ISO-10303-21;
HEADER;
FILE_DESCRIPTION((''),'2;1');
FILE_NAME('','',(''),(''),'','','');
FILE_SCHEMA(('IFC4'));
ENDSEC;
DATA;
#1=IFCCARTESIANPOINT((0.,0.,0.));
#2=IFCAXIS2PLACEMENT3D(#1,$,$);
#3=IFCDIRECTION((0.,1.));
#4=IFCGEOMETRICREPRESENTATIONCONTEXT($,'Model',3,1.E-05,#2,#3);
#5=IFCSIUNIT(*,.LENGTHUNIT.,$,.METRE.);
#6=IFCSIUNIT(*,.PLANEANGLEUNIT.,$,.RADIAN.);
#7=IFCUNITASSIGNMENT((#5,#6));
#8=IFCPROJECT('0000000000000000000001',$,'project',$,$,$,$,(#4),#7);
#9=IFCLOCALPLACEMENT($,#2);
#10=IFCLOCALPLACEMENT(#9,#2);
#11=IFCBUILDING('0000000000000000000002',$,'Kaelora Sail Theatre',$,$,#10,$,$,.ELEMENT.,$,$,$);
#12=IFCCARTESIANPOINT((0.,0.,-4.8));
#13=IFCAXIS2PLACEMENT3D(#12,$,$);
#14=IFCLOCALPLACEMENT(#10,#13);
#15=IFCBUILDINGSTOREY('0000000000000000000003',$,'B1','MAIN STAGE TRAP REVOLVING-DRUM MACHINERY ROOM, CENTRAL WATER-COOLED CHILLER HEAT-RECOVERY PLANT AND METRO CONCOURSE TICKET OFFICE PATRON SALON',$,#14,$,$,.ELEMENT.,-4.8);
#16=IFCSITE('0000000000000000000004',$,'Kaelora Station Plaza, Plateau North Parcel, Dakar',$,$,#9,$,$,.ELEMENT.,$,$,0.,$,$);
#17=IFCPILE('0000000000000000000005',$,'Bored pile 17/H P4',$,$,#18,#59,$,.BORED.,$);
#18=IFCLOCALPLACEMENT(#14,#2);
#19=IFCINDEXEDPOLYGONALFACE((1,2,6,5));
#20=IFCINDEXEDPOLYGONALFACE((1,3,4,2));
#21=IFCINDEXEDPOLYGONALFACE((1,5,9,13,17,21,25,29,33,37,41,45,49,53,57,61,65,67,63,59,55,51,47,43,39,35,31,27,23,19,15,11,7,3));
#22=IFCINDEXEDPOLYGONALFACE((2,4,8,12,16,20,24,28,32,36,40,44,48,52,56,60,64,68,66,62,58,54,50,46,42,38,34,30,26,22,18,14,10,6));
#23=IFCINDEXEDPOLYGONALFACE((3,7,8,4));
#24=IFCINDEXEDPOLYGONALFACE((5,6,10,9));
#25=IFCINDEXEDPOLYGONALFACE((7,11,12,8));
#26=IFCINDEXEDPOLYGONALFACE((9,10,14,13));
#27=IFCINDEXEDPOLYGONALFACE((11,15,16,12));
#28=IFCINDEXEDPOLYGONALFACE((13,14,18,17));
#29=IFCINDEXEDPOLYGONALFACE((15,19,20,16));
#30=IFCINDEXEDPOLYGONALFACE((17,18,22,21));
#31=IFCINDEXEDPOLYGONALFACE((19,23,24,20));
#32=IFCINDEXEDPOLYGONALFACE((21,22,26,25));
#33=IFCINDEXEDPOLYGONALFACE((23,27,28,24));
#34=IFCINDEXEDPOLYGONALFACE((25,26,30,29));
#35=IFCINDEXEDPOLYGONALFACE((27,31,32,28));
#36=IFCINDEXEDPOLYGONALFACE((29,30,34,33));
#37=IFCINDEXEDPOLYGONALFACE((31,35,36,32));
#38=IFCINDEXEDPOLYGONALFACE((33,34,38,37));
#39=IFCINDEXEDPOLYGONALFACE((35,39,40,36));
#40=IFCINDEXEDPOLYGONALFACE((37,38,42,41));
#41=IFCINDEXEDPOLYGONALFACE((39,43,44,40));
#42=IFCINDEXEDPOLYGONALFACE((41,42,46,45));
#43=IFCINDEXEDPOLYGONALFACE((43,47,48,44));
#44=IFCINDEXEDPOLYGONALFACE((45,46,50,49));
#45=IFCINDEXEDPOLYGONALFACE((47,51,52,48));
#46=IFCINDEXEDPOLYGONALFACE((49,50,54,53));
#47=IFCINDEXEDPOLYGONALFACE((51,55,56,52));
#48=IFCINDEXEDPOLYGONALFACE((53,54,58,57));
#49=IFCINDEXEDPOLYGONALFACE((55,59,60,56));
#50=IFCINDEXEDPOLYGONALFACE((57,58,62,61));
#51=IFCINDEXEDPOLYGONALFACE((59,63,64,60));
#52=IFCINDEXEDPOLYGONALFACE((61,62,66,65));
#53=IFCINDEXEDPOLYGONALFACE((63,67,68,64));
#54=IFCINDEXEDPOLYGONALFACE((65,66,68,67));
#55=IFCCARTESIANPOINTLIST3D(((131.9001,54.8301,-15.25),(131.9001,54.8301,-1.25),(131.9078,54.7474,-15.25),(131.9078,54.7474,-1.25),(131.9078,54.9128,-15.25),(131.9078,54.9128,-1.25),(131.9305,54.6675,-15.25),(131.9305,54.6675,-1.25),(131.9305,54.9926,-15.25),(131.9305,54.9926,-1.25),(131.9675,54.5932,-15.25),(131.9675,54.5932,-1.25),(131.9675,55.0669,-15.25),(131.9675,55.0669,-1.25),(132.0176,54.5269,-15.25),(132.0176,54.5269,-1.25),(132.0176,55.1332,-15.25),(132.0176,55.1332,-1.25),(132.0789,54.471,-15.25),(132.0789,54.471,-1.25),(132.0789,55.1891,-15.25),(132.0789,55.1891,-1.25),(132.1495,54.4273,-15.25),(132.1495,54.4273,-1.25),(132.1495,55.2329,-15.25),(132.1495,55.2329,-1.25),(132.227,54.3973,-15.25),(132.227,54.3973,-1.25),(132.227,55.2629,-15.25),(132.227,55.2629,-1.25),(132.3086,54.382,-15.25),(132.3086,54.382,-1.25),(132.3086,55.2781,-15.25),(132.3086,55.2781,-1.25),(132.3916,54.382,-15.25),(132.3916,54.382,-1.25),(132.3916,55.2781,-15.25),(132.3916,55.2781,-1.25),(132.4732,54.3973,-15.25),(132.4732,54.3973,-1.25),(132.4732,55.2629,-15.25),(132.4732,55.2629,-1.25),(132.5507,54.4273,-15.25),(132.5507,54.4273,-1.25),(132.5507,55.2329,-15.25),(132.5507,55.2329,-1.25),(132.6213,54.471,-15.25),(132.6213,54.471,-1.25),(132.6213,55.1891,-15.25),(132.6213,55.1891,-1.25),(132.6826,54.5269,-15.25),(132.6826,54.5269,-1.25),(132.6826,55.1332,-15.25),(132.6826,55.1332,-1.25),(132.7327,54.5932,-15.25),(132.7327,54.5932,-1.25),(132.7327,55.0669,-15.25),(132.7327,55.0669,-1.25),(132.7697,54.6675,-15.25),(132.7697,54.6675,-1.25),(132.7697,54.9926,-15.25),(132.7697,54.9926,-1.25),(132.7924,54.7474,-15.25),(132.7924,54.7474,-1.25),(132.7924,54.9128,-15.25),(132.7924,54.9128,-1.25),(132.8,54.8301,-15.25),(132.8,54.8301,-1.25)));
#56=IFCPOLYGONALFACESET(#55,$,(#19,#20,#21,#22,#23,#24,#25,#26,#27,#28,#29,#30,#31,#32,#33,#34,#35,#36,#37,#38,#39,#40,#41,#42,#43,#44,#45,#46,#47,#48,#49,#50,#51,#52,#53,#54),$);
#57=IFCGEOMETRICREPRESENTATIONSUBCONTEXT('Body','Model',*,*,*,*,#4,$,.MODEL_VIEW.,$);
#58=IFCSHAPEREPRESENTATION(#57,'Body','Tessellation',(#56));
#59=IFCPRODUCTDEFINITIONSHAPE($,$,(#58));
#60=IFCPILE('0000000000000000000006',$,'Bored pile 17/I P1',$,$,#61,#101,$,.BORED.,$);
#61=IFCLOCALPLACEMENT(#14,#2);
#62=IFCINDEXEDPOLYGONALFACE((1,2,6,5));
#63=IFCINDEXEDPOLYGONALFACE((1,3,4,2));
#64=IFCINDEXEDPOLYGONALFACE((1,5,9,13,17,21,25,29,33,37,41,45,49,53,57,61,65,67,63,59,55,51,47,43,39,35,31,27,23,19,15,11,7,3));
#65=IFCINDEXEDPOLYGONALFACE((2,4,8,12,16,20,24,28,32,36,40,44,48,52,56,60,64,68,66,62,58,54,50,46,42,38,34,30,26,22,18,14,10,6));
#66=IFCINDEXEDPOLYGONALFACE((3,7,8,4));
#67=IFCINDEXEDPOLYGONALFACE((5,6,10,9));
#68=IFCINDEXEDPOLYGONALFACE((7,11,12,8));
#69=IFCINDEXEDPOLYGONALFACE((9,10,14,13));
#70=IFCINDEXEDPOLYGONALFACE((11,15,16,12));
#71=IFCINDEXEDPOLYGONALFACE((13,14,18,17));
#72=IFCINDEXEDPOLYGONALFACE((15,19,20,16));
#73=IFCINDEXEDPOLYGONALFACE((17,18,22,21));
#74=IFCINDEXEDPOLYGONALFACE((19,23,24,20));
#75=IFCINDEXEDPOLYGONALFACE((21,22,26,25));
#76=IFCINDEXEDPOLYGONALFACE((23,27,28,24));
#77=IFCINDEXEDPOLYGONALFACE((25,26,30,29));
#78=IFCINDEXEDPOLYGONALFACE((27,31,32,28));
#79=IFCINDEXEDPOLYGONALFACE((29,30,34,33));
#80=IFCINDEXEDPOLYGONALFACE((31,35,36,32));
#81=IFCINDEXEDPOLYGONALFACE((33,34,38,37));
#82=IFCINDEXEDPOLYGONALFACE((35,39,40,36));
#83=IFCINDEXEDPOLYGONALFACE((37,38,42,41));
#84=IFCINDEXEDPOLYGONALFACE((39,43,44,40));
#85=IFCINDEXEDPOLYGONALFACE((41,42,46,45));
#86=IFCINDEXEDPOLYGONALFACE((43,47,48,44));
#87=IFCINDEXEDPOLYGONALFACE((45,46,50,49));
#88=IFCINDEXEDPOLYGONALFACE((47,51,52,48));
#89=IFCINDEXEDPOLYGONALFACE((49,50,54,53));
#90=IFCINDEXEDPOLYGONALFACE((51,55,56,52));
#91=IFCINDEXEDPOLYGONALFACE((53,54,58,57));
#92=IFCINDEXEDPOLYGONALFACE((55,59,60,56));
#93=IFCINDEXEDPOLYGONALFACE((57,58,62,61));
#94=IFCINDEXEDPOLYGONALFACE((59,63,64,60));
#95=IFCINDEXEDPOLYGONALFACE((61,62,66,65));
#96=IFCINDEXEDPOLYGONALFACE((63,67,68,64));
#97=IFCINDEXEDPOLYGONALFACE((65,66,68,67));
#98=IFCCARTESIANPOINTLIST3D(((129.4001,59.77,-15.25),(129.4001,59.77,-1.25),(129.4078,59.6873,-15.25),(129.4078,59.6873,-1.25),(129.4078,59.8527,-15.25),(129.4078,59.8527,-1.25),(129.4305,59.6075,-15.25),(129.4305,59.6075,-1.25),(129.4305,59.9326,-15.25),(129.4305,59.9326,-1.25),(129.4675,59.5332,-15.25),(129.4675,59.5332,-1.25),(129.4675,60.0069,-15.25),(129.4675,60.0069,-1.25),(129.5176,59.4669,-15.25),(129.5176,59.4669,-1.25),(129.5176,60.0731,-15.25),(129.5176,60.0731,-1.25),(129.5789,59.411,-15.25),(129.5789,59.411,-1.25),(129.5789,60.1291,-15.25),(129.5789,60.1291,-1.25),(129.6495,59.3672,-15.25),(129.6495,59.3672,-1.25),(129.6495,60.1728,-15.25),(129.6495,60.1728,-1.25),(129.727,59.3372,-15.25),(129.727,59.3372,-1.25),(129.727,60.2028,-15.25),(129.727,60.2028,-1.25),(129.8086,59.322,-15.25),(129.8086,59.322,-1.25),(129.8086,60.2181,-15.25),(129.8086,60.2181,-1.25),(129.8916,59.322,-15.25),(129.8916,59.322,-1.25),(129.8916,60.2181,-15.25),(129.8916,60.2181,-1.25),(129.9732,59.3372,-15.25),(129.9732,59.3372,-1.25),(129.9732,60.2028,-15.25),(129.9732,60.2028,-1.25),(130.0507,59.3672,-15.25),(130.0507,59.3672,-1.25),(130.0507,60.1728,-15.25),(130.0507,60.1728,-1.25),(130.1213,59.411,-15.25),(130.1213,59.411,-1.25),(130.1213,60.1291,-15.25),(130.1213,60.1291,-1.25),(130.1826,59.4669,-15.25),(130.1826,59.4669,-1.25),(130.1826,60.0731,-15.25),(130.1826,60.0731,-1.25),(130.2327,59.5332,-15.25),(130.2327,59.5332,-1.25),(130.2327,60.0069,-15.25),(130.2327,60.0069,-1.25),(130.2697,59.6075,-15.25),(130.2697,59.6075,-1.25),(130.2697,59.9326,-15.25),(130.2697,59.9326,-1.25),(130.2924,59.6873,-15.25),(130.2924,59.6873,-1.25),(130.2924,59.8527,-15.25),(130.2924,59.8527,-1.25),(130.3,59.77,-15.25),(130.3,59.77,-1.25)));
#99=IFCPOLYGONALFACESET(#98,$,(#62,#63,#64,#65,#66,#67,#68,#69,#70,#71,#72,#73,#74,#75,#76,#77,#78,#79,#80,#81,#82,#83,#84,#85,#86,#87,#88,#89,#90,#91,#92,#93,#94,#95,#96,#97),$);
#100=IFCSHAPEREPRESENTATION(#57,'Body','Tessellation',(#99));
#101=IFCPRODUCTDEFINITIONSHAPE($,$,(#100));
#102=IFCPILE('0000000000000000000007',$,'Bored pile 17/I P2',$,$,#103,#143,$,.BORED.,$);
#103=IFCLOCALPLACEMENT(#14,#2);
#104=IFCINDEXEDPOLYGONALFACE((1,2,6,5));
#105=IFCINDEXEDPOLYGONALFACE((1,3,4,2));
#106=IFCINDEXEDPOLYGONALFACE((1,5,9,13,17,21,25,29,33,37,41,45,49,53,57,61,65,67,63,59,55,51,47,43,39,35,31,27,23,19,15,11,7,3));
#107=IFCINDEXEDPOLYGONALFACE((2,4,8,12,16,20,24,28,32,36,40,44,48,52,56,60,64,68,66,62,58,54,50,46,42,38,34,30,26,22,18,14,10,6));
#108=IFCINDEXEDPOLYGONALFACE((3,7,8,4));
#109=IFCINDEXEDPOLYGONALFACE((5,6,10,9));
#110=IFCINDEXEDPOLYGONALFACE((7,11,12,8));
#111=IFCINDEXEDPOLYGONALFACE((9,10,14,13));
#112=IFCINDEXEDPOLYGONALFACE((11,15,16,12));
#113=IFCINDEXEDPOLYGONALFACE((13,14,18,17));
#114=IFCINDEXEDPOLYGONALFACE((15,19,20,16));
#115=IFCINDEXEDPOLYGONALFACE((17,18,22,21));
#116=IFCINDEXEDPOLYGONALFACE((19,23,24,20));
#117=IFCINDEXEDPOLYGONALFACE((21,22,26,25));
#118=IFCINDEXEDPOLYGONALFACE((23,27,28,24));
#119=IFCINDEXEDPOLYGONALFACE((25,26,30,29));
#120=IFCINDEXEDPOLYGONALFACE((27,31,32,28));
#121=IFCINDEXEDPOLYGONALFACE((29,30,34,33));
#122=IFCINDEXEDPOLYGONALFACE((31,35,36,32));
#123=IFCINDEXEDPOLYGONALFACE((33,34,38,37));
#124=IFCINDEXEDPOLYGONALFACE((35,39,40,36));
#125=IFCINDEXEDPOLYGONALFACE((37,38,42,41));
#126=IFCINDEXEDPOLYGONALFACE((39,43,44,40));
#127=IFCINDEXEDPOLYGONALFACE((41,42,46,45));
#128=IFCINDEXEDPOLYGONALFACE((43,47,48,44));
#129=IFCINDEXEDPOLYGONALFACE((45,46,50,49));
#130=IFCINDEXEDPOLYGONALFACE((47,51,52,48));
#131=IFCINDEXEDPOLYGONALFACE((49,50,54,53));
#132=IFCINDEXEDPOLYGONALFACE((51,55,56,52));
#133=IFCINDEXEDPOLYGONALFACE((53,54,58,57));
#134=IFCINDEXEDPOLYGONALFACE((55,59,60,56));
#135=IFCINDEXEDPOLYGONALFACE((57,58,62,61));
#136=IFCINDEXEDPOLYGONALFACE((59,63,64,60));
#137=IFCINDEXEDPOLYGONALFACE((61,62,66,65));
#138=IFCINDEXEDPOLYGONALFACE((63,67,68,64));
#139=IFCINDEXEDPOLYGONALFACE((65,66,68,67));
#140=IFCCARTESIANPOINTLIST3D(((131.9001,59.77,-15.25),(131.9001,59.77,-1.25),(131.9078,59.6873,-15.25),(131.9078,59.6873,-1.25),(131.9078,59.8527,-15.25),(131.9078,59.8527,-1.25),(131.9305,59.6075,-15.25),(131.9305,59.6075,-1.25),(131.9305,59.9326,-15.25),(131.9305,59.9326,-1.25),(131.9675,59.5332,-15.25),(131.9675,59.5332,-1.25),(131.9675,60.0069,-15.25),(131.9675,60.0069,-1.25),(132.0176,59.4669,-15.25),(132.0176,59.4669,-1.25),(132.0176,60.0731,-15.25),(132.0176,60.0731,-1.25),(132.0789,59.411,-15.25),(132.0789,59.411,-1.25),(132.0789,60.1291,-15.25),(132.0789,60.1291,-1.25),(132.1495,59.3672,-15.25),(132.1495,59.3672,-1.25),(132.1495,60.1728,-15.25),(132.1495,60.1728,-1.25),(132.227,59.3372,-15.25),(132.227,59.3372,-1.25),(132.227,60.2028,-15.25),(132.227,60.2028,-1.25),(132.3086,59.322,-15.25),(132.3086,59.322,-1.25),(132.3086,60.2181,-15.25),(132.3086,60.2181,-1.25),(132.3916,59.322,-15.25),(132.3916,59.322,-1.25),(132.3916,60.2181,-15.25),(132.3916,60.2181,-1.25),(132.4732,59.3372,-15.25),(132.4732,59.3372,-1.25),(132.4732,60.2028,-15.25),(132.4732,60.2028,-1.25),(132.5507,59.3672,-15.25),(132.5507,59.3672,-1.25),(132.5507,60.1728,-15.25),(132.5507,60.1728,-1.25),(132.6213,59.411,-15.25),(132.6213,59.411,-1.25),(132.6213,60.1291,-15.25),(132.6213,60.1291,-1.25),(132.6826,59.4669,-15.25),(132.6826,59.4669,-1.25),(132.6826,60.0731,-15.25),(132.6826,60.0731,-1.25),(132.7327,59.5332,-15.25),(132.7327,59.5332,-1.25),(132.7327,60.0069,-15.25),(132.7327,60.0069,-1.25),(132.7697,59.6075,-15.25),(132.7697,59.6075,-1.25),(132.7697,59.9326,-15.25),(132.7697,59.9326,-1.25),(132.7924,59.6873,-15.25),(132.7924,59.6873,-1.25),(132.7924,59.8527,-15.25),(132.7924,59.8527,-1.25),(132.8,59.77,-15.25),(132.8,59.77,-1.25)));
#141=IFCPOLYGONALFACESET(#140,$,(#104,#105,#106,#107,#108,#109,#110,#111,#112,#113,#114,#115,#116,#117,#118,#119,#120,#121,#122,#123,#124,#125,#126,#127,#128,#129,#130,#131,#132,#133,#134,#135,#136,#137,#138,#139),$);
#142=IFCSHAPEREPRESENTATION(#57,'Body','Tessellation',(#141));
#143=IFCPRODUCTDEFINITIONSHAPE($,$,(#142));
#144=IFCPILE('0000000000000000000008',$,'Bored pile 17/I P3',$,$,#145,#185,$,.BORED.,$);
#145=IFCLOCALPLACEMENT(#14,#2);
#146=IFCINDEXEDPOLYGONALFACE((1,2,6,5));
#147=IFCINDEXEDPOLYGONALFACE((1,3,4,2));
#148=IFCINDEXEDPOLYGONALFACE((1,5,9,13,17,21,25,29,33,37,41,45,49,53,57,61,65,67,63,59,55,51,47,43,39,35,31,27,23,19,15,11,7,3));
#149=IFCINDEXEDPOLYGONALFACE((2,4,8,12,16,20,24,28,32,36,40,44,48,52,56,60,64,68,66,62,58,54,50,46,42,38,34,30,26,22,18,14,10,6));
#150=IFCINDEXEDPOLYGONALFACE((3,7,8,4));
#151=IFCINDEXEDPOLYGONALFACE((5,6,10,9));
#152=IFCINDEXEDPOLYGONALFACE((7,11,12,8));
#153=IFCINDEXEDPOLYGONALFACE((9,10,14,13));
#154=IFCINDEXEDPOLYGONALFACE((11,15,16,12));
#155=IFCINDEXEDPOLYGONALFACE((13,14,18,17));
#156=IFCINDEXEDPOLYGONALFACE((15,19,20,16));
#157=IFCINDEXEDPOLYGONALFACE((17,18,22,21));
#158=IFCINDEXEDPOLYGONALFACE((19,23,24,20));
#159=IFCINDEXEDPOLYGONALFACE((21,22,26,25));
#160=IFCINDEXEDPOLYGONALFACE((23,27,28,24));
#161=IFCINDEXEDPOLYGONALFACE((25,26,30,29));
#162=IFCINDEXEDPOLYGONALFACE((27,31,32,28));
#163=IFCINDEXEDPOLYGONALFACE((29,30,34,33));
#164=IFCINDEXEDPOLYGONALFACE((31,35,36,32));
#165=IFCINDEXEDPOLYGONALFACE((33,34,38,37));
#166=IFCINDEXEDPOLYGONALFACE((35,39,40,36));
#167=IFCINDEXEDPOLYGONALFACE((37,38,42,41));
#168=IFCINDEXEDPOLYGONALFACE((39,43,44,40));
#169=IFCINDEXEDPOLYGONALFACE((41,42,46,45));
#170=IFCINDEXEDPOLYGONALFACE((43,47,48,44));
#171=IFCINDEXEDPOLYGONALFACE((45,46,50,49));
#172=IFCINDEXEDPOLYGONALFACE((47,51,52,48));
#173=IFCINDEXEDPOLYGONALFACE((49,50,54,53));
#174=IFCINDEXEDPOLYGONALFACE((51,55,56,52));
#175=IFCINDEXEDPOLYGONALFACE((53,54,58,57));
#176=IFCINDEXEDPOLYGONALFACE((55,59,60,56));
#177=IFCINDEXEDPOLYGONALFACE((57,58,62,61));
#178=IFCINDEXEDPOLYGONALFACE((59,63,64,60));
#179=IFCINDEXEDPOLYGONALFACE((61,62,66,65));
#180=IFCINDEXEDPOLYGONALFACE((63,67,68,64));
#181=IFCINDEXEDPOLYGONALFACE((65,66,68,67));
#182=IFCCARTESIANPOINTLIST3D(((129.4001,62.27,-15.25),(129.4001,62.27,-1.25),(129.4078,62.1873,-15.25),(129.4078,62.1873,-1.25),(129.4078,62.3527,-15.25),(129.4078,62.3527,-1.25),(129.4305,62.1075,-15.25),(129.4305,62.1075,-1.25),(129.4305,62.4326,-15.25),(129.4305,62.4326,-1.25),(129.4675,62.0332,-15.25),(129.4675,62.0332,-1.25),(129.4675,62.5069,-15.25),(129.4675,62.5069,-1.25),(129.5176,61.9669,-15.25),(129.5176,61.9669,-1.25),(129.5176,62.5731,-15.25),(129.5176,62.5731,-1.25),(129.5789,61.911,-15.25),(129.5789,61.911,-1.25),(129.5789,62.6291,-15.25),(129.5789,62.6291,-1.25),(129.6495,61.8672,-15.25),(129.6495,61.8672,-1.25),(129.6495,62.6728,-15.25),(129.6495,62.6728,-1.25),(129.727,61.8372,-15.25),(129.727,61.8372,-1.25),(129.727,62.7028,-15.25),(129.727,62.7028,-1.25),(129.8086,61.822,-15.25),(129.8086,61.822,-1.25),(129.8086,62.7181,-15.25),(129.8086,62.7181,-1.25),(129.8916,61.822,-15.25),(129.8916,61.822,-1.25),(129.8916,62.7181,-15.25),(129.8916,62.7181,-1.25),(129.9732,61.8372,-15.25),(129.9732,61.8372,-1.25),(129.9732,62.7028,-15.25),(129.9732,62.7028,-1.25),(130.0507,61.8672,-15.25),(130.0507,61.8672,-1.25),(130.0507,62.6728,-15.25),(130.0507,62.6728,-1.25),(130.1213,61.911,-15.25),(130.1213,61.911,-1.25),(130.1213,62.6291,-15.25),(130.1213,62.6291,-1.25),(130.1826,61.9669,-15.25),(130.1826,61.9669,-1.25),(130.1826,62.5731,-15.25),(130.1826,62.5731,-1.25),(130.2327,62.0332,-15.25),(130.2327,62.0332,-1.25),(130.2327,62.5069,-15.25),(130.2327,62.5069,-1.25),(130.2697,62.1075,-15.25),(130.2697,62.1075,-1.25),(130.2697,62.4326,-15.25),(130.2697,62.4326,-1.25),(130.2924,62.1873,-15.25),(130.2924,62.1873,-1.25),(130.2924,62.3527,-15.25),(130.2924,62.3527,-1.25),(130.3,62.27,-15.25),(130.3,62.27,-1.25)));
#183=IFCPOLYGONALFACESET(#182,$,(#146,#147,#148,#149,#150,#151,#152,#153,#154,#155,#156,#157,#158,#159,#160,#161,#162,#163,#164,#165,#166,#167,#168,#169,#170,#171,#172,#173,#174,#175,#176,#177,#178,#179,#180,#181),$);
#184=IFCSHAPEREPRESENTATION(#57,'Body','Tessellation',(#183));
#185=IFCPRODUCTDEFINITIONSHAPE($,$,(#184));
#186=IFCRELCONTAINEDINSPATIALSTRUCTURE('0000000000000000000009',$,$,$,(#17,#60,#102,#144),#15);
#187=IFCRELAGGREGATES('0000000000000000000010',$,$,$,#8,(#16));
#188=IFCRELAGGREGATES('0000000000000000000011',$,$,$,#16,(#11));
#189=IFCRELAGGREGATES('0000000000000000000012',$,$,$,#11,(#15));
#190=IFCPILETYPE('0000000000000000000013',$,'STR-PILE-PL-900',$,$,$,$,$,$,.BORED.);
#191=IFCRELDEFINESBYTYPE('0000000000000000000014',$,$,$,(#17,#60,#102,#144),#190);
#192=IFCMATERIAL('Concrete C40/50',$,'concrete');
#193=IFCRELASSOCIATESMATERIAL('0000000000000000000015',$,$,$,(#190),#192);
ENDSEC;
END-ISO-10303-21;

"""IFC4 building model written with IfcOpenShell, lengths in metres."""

from ifc_helpers import new_model, si_unit, direction, frame, origin, origin_2d, place, context, subcontext, project, spatial, circle, extrude, material, material_profile, profile_set, type_object, element, save


model = new_model("IFC4")

# Units and contexts
model_context = context("Model", 3, precision=1e-05, world=origin(), true_north=direction((0.0, 1.0)))
body_context = subcontext(model_context, "Body", "Model", "MODEL_VIEW")
ifc_project = project(units=[si_unit("LENGTHUNIT", "METRE"), si_unit("PLANEANGLEUNIT", "RADIAN")], contexts=[model_context])

# Site, building, storey
site_placement = place(None, origin())
site = spatial("IfcSite", under=ifc_project, at=site_placement, Name="Kaelora Station Plaza, Plateau North Parcel, Dakar", CompositionType="ELEMENT", RefElevation=0.0)
building_placement = place(site_placement, origin())
building = spatial("IfcBuilding", under=site, at=building_placement, Name="Kaelora Sail Theatre", CompositionType="ELEMENT")
storey_placement = place(building_placement, frame((0.0, 0.0, -4.8)))
storey = spatial("IfcBuildingStorey", under=building, at=storey_placement, Name="B1", Description="MAIN STAGE TRAP REVOLVING-DRUM MACHINERY ROOM, CENTRAL WATER-COOLED CHILLER HEAT-RECOVERY PLANT AND METRO CONCOURSE TICKET OFFICE PATRON SALON", CompositionType="ELEMENT", Elevation=-4.8)

# Piles
ifc_material_1 = material(Name="Concrete C40/50", Category="concrete")
ifc_material_profile_1 = material_profile(ifc_material_1, circle(Radius=0.45, at=origin_2d()), Name="PILE D900")
ifc_profile_set_1 = profile_set([ifc_material_profile_1], Name="Concrete C40/50")
pile_type_1 = type_object("IfcPileType", Name="STR-PILE-PL-900", PredefinedType="BORED", material=ifc_profile_set_1)
for number, where, z_axis, x_axis, name in (
    (1, (132.3501, 54.8301, -1.25), (0.0, 0.0, -1.0), (1.0, 0.0, 0.0), "Bored pile 17/H P4"),
    (2, (129.8501, 59.77, -1.25), (0.0, 0.0, -1.0), (1.0, 0.0, 0.0), "Bored pile 17/I P1"),
    (3, (132.3501, 59.77, -1.25), (0.0, 0.0, -1.0), (1.0, 0.0, 0.0), "Bored pile 17/I P2"),
    (4, (129.8501, 62.27, -1.25), (0.0, 0.0, -1.0), (1.0, 0.0, 0.0), "Bored pile 17/I P3"),
):
    element("IfcPile", number, at=place(storey_placement, frame(where, z_axis=z_axis, x_axis=x_axis)), inside=storey, type_object=pile_type_1, Name=name, PredefinedType="BORED", context=body_context, shape_type="SweptSolid", body=[
        extrude(circle(Radius=0.45, at=origin_2d()), origin(), (0.0, 0.0, 1.0), 14.0),
    ])

save(model, "model.ifc")
